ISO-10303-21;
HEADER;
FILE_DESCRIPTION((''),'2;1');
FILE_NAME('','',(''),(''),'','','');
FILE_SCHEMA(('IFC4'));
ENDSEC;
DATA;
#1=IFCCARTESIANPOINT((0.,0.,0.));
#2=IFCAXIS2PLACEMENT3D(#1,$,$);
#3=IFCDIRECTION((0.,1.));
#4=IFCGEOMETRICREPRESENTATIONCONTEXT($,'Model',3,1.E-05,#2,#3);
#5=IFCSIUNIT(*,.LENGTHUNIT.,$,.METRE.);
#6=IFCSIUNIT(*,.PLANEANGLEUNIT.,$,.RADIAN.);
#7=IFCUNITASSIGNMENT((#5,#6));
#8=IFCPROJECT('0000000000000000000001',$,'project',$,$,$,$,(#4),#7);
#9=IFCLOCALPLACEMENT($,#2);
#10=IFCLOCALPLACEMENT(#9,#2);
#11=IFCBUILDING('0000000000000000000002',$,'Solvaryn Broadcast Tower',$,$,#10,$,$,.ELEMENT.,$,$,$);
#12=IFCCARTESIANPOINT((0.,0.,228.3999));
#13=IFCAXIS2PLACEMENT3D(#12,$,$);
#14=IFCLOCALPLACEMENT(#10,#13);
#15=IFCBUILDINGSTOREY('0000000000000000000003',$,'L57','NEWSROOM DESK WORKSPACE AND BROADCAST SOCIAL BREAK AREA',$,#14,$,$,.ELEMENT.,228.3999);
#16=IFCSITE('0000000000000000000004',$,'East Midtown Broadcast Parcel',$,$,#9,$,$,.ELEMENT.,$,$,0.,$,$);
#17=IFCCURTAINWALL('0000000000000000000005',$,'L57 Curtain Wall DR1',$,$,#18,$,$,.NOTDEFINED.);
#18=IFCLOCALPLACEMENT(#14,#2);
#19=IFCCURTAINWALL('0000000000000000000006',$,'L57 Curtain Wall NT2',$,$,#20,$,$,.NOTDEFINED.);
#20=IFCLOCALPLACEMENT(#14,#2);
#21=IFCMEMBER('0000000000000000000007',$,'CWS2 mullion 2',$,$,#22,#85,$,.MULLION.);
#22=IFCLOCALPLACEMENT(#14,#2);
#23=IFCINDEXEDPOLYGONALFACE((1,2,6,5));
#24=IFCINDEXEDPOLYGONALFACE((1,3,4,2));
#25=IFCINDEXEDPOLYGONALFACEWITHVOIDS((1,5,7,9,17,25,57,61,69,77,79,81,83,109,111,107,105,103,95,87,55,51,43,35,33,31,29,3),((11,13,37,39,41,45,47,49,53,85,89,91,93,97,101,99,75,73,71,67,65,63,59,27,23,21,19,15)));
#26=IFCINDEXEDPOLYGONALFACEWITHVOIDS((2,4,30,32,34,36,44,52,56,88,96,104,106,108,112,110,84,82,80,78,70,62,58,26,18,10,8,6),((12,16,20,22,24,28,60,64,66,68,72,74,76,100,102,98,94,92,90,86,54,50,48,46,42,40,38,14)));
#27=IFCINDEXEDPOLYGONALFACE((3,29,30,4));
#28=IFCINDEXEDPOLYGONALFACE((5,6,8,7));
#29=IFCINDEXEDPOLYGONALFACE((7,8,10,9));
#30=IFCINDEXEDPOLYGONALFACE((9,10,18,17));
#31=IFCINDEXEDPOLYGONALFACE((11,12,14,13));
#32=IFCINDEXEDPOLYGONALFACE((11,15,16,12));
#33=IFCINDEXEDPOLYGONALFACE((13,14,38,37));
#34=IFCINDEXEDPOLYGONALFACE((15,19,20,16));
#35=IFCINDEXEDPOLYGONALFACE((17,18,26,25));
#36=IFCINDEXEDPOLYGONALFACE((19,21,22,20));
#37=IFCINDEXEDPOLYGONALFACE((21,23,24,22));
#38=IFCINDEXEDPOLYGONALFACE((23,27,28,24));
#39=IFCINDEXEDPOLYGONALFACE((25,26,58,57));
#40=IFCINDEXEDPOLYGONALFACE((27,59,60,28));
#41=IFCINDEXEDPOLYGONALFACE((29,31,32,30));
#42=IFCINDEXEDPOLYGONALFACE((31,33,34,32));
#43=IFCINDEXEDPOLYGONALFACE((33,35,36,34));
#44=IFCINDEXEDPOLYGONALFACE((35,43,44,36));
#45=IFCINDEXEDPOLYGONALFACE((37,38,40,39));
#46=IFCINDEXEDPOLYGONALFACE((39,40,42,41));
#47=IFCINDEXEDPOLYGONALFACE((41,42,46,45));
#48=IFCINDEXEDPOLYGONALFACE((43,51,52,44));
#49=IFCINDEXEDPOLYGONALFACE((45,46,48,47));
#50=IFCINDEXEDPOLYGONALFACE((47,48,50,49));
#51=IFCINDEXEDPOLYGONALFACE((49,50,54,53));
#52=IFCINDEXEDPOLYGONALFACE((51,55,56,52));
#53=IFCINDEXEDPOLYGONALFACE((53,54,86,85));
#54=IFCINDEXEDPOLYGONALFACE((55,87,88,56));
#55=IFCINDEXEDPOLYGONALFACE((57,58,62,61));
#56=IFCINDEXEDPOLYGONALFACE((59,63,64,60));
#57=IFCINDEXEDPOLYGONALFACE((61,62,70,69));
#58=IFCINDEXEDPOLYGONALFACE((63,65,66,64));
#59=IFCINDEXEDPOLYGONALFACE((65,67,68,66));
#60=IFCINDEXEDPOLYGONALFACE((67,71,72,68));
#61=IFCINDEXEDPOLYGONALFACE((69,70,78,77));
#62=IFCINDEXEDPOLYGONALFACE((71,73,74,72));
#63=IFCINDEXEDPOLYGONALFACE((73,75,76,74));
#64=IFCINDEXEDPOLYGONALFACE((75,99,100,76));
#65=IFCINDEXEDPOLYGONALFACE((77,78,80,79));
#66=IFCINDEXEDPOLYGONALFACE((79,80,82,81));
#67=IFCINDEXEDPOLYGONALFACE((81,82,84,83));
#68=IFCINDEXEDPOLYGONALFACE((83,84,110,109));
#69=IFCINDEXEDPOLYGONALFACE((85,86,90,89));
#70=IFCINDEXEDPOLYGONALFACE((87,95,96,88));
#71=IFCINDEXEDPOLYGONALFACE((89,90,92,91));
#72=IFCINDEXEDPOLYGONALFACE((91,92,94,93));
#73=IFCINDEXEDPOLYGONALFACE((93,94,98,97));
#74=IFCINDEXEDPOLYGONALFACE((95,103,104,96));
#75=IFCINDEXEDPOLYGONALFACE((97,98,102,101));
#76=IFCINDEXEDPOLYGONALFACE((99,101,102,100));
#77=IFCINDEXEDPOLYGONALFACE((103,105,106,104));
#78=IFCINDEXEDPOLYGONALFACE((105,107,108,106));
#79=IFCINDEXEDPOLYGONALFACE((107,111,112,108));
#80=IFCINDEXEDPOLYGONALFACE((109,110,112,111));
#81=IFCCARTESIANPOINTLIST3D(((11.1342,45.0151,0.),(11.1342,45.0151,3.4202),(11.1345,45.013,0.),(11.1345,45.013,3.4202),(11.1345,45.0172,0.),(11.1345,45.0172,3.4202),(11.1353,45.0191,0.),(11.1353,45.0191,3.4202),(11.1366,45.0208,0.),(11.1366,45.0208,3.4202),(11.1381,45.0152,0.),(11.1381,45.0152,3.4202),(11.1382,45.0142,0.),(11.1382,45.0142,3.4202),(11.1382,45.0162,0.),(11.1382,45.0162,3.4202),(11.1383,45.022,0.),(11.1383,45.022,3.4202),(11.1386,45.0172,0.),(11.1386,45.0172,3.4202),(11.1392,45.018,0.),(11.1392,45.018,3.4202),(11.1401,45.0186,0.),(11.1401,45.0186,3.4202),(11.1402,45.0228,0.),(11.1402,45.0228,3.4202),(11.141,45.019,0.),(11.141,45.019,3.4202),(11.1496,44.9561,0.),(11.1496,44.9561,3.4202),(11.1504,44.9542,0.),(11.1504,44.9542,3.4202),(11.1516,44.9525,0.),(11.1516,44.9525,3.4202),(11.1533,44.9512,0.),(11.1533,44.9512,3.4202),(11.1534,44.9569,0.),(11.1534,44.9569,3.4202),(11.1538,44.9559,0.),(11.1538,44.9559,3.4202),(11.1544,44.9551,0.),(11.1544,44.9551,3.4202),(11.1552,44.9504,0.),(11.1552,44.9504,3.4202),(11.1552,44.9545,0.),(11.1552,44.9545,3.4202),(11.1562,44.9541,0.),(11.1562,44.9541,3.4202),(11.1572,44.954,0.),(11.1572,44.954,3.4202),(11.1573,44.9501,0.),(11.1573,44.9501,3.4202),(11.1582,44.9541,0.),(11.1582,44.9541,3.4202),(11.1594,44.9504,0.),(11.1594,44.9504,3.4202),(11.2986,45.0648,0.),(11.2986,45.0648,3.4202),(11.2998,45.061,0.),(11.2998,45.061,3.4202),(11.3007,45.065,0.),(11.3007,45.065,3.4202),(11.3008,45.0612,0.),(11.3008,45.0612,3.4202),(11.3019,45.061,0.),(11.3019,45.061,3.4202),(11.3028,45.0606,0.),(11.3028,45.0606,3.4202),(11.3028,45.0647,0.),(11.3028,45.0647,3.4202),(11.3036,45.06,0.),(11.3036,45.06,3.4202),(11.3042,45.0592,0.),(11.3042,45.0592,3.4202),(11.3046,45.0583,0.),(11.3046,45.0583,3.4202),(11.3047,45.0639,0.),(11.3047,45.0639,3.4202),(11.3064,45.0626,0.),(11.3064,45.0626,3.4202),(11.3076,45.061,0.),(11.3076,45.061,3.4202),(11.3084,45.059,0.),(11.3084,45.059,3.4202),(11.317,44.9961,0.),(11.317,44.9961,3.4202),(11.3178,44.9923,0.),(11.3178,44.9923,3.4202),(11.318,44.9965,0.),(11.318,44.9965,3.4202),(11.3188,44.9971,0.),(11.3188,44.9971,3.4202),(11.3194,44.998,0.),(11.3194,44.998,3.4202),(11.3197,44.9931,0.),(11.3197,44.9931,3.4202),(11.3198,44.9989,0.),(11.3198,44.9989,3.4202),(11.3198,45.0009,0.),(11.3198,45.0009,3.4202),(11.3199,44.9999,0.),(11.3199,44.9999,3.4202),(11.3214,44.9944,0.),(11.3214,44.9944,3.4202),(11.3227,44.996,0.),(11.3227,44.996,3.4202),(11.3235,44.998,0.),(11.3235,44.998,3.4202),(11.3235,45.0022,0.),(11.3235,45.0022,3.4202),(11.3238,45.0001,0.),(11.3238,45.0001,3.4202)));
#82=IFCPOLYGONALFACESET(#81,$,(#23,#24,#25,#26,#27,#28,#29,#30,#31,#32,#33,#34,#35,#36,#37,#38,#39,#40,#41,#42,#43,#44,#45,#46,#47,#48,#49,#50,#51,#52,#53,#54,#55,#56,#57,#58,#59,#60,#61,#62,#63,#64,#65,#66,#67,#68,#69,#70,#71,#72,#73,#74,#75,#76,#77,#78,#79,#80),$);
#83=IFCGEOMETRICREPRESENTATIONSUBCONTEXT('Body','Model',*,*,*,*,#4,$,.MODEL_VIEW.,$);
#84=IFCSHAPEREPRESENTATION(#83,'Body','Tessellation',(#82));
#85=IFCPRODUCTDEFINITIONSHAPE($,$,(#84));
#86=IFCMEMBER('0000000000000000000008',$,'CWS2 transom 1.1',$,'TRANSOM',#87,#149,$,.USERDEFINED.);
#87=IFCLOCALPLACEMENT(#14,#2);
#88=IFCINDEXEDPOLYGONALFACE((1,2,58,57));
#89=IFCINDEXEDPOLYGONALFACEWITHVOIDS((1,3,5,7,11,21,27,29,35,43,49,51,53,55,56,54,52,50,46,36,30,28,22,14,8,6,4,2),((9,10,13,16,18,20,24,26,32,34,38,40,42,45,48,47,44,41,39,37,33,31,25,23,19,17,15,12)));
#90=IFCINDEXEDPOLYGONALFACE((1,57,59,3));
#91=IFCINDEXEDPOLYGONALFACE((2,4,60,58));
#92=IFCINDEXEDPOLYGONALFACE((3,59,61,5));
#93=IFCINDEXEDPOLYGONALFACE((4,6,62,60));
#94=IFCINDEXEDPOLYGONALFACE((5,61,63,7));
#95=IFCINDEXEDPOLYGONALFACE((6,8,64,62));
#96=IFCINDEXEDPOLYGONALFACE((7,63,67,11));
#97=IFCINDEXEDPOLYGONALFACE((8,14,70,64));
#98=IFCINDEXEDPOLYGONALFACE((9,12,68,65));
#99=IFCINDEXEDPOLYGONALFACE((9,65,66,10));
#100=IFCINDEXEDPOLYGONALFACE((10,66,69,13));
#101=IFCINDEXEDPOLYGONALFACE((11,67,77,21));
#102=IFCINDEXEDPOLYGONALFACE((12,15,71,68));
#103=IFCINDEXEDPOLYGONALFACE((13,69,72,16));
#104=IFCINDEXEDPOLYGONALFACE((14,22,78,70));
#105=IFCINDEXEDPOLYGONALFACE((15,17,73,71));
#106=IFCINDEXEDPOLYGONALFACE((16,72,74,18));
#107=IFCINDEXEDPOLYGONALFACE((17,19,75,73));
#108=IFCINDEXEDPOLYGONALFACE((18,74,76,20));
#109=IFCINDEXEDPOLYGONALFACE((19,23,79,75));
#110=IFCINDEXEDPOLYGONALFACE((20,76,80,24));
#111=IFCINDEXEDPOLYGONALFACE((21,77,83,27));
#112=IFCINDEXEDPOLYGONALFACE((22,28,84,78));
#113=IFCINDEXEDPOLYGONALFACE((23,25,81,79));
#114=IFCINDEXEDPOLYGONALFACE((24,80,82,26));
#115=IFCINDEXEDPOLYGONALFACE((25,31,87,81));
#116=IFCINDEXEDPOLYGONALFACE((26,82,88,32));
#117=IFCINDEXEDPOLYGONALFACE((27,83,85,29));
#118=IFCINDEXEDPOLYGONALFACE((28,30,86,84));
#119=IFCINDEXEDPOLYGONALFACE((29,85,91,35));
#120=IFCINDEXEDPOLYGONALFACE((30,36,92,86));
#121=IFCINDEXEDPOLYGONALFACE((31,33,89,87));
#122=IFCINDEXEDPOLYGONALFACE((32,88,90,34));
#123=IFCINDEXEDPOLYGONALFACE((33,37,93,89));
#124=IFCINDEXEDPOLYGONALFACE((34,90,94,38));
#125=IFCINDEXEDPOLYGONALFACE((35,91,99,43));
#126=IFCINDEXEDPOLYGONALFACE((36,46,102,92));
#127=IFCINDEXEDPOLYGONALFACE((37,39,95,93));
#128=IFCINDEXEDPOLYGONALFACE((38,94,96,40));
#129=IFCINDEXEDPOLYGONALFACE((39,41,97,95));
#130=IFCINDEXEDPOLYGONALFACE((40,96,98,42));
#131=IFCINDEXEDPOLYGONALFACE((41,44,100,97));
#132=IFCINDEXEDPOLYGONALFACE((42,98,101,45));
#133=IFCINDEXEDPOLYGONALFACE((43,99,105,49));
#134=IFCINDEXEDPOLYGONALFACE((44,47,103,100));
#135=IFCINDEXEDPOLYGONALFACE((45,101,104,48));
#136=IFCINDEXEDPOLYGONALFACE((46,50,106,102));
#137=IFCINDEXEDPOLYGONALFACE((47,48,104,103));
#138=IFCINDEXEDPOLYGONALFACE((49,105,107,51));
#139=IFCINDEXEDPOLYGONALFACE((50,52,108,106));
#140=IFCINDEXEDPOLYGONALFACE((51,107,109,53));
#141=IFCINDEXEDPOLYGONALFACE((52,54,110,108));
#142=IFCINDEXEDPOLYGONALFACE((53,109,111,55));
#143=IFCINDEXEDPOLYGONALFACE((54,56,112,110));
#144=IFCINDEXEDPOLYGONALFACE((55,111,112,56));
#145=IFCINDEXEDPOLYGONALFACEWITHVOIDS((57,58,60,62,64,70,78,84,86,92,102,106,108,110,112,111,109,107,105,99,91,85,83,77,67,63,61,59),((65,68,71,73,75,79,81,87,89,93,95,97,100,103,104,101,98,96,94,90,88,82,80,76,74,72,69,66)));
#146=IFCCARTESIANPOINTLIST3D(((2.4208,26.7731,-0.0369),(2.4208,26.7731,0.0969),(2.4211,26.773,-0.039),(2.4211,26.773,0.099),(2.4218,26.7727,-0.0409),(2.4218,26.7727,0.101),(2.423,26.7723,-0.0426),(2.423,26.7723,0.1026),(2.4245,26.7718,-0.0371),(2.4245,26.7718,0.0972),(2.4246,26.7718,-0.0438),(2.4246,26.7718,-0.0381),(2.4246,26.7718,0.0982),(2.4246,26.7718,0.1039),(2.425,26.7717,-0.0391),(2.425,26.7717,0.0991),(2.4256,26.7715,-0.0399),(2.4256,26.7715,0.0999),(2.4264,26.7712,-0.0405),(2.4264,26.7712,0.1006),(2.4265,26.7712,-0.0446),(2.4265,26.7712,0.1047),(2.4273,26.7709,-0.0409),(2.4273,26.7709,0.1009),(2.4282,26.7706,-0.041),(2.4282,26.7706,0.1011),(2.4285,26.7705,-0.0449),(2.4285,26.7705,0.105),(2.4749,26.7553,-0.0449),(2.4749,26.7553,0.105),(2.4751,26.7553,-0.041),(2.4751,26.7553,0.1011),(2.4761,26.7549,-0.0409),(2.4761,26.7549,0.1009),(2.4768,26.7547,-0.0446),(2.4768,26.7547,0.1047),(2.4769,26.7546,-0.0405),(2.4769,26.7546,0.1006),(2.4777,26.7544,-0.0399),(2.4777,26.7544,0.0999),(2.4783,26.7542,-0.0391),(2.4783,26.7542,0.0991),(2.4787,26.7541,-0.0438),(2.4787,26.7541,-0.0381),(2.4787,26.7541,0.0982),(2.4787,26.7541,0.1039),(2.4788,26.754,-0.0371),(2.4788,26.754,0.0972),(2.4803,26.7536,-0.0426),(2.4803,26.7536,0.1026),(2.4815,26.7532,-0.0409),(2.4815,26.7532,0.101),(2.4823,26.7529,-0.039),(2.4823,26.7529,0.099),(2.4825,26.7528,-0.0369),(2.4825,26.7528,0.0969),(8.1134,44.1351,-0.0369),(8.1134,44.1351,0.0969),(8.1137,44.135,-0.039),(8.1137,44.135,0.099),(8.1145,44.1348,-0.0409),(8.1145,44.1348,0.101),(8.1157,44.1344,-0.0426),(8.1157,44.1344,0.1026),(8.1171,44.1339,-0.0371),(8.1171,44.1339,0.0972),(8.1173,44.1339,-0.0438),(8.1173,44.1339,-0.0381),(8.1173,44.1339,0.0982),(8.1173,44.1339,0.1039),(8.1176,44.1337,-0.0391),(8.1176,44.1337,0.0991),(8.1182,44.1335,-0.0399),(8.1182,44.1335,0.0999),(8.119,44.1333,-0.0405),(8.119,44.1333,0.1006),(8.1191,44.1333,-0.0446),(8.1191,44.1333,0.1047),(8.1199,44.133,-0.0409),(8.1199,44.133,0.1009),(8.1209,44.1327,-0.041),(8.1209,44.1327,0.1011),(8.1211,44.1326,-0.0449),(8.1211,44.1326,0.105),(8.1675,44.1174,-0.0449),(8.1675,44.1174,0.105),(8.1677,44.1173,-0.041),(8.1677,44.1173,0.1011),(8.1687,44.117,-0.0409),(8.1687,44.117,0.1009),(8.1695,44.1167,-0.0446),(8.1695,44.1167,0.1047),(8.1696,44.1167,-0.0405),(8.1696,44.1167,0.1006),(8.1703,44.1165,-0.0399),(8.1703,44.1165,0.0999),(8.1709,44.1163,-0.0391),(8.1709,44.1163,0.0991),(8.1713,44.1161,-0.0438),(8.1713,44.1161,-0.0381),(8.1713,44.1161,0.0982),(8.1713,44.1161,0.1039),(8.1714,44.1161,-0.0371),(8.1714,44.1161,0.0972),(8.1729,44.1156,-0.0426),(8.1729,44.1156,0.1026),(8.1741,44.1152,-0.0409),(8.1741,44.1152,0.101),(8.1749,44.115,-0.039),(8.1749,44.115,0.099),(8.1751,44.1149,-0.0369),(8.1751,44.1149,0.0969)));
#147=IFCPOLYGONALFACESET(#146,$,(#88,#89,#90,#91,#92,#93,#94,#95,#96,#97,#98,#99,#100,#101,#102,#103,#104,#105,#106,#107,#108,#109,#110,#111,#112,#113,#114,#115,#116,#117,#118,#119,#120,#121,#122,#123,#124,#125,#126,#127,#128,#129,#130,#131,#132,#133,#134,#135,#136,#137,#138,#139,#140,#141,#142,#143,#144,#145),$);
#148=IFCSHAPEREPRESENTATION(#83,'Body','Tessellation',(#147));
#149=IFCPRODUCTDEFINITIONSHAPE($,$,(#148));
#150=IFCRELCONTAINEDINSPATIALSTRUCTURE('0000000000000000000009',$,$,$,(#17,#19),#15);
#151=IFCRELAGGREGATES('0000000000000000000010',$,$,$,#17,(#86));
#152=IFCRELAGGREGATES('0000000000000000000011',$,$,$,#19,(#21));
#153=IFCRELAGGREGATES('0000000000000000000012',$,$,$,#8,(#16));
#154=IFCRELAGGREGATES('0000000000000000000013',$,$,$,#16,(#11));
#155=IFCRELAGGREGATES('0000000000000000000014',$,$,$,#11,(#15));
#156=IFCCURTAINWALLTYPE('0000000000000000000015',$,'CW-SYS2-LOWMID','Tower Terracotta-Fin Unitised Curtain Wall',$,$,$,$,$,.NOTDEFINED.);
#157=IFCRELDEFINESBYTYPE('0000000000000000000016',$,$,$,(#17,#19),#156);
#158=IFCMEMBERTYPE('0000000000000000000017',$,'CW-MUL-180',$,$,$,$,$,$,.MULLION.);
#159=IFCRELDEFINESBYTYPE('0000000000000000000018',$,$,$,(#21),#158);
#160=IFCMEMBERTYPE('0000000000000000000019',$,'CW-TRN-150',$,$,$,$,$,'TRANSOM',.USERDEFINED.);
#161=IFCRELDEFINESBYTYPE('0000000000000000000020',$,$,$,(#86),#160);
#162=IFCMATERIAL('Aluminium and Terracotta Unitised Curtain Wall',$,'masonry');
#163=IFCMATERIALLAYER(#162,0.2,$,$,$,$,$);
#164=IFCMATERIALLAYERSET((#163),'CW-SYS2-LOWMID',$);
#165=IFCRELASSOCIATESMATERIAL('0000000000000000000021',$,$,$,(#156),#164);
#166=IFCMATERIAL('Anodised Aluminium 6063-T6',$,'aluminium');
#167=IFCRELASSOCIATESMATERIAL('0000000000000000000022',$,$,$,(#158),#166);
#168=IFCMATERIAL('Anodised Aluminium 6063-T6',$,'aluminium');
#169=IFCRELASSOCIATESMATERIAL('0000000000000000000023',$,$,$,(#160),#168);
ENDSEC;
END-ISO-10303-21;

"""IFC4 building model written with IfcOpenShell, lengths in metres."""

from ifc_helpers import new_model, si_unit, direction, frame, origin, origin_2d, place, context, subcontext, project, spatial, hollow_rectangle, extrude, material, layer, layer_set, material_profile, profile_set, type_object, element, aggregate, save


model = new_model("IFC4")

# Units and contexts
model_context = context("Model", 3, precision=1e-05, world=origin(), true_north=direction((0.0, 1.0)))
body_context = subcontext(model_context, "Body", "Model", "MODEL_VIEW")
ifc_project = project(units=[si_unit("LENGTHUNIT", "METRE"), si_unit("PLANEANGLEUNIT", "RADIAN")], contexts=[model_context])

# Site, building, storey
site_placement = place(None, origin())
site = spatial("IfcSite", under=ifc_project, at=site_placement, Name="East Midtown Broadcast Parcel", CompositionType="ELEMENT", RefElevation=0.0)
building_placement = place(site_placement, origin())
building = spatial("IfcBuilding", under=site, at=building_placement, Name="Solvaryn Broadcast Tower", CompositionType="ELEMENT")
storey_placement = place(building_placement, frame((0.0, 0.0, 228.3999)))
storey = spatial("IfcBuildingStorey", under=building, at=storey_placement, Name="L57", Description="NEWSROOM DESK WORKSPACE AND BROADCAST SOCIAL BREAK AREA", CompositionType="ELEMENT", Elevation=228.3999)

# Curtain walls, member
ifc_material_1 = material(Name="Aluminium and Terracotta Unitised Curtain Wall", Category="masonry")
ifc_layer_1 = layer(ifc_material_1, 0.2)
ifc_layer_set_1 = layer_set([ifc_layer_1], Name="CW-SYS2-LOWMID")
curtain_wall_type = type_object("IfcCurtainWallType", Name="CW-SYS2-LOWMID", Description="Tower Terracotta-Fin Unitised Curtain Wall", PredefinedType="NOTDEFINED", material=ifc_layer_set_1)
curtain_wall_1_placement = place(storey_placement, origin())
curtain_wall_1 = element("IfcCurtainWall", 1, at=curtain_wall_1_placement, inside=storey, type_object=curtain_wall_type, Name="L57 Curtain Wall DR1", PredefinedType="NOTDEFINED")
ifc_material_2 = material(Name="Anodised Aluminium 6063-T6", Category="aluminium")
ifc_material_profile_1 = material_profile(ifc_material_2, hollow_rectangle(XDim=0.075, YDim=0.1799, WallThickness=0.0039, InnerFilletRadius=0.0039, OuterFilletRadius=0.0081, at=origin_2d()))
ifc_profile_set_1 = profile_set([ifc_material_profile_1], Name="Anodised Aluminium 6063-T6")
member_type_1 = type_object("IfcMemberType", Name="CW-MUL-180", PredefinedType="MULLION", material=ifc_profile_set_1)
curtain_wall_2_placement = place(storey_placement, origin())
curtain_wall_2 = element("IfcCurtainWall", 2, at=curtain_wall_2_placement, inside=storey, type_object=curtain_wall_type, Name="L57 Curtain Wall NT2", PredefinedType="NOTDEFINED")
member_1_placement = place(storey_placement, frame((11.229, 45.0076, 0.0), z_axis=(0.0, 0.0, 1.0), x_axis=(0.255893, -0.966705, 0.0)))
member_1 = element("IfcMember", 3, at=member_1_placement, type_object=member_type_1, Name="CWS2 mullion 2", PredefinedType="MULLION", context=body_context, shape_type="SweptSolid", body=[
    extrude(hollow_rectangle(XDim=0.075, YDim=0.1799, WallThickness=0.0039, InnerFilletRadius=0.0039, OuterFilletRadius=0.0081, at=origin_2d()), origin(), (0.0, 0.0, 1.0), 3.4202),
])

# Member
ifc_material_3 = material(Name="Anodised Aluminium 6063-T6", Category="aluminium")
ifc_material_profile_2 = material_profile(ifc_material_3, hollow_rectangle(XDim=0.0649, YDim=0.1499, WallThickness=0.0039, InnerFilletRadius=0.0039, OuterFilletRadius=0.0081, at=origin_2d()))
ifc_profile_set_2 = profile_set([ifc_material_profile_2], Name="Anodised Aluminium 6063-T6")
member_type_2 = type_object("IfcMemberType", Name="CW-TRN-150", ElementType="TRANSOM", PredefinedType="USERDEFINED", material=ifc_profile_set_2)
member_2_placement = place(storey_placement, frame((8.1443, 44.125, 0.03), z_axis=(-0.311558, -0.950227, 0.0), x_axis=(0.950227, -0.311558, 0.0)))
member_2 = element("IfcMember", 4, at=member_2_placement, type_object=member_type_2, Name="CWS2 transom 1.1", ObjectType="TRANSOM", PredefinedType="USERDEFINED", context=body_context, shape_type="SweptSolid", body=[
    extrude(hollow_rectangle(XDim=0.0649, YDim=0.1499, WallThickness=0.0039, InnerFilletRadius=0.0039, OuterFilletRadius=0.0081, at=origin_2d()), origin(), (0.0, 0.0, 1.0), 18.2715),
])
aggregate(curtain_wall_1, [member_2])

aggregate(curtain_wall_2, [member_1])

save(model, "model.ifc")
